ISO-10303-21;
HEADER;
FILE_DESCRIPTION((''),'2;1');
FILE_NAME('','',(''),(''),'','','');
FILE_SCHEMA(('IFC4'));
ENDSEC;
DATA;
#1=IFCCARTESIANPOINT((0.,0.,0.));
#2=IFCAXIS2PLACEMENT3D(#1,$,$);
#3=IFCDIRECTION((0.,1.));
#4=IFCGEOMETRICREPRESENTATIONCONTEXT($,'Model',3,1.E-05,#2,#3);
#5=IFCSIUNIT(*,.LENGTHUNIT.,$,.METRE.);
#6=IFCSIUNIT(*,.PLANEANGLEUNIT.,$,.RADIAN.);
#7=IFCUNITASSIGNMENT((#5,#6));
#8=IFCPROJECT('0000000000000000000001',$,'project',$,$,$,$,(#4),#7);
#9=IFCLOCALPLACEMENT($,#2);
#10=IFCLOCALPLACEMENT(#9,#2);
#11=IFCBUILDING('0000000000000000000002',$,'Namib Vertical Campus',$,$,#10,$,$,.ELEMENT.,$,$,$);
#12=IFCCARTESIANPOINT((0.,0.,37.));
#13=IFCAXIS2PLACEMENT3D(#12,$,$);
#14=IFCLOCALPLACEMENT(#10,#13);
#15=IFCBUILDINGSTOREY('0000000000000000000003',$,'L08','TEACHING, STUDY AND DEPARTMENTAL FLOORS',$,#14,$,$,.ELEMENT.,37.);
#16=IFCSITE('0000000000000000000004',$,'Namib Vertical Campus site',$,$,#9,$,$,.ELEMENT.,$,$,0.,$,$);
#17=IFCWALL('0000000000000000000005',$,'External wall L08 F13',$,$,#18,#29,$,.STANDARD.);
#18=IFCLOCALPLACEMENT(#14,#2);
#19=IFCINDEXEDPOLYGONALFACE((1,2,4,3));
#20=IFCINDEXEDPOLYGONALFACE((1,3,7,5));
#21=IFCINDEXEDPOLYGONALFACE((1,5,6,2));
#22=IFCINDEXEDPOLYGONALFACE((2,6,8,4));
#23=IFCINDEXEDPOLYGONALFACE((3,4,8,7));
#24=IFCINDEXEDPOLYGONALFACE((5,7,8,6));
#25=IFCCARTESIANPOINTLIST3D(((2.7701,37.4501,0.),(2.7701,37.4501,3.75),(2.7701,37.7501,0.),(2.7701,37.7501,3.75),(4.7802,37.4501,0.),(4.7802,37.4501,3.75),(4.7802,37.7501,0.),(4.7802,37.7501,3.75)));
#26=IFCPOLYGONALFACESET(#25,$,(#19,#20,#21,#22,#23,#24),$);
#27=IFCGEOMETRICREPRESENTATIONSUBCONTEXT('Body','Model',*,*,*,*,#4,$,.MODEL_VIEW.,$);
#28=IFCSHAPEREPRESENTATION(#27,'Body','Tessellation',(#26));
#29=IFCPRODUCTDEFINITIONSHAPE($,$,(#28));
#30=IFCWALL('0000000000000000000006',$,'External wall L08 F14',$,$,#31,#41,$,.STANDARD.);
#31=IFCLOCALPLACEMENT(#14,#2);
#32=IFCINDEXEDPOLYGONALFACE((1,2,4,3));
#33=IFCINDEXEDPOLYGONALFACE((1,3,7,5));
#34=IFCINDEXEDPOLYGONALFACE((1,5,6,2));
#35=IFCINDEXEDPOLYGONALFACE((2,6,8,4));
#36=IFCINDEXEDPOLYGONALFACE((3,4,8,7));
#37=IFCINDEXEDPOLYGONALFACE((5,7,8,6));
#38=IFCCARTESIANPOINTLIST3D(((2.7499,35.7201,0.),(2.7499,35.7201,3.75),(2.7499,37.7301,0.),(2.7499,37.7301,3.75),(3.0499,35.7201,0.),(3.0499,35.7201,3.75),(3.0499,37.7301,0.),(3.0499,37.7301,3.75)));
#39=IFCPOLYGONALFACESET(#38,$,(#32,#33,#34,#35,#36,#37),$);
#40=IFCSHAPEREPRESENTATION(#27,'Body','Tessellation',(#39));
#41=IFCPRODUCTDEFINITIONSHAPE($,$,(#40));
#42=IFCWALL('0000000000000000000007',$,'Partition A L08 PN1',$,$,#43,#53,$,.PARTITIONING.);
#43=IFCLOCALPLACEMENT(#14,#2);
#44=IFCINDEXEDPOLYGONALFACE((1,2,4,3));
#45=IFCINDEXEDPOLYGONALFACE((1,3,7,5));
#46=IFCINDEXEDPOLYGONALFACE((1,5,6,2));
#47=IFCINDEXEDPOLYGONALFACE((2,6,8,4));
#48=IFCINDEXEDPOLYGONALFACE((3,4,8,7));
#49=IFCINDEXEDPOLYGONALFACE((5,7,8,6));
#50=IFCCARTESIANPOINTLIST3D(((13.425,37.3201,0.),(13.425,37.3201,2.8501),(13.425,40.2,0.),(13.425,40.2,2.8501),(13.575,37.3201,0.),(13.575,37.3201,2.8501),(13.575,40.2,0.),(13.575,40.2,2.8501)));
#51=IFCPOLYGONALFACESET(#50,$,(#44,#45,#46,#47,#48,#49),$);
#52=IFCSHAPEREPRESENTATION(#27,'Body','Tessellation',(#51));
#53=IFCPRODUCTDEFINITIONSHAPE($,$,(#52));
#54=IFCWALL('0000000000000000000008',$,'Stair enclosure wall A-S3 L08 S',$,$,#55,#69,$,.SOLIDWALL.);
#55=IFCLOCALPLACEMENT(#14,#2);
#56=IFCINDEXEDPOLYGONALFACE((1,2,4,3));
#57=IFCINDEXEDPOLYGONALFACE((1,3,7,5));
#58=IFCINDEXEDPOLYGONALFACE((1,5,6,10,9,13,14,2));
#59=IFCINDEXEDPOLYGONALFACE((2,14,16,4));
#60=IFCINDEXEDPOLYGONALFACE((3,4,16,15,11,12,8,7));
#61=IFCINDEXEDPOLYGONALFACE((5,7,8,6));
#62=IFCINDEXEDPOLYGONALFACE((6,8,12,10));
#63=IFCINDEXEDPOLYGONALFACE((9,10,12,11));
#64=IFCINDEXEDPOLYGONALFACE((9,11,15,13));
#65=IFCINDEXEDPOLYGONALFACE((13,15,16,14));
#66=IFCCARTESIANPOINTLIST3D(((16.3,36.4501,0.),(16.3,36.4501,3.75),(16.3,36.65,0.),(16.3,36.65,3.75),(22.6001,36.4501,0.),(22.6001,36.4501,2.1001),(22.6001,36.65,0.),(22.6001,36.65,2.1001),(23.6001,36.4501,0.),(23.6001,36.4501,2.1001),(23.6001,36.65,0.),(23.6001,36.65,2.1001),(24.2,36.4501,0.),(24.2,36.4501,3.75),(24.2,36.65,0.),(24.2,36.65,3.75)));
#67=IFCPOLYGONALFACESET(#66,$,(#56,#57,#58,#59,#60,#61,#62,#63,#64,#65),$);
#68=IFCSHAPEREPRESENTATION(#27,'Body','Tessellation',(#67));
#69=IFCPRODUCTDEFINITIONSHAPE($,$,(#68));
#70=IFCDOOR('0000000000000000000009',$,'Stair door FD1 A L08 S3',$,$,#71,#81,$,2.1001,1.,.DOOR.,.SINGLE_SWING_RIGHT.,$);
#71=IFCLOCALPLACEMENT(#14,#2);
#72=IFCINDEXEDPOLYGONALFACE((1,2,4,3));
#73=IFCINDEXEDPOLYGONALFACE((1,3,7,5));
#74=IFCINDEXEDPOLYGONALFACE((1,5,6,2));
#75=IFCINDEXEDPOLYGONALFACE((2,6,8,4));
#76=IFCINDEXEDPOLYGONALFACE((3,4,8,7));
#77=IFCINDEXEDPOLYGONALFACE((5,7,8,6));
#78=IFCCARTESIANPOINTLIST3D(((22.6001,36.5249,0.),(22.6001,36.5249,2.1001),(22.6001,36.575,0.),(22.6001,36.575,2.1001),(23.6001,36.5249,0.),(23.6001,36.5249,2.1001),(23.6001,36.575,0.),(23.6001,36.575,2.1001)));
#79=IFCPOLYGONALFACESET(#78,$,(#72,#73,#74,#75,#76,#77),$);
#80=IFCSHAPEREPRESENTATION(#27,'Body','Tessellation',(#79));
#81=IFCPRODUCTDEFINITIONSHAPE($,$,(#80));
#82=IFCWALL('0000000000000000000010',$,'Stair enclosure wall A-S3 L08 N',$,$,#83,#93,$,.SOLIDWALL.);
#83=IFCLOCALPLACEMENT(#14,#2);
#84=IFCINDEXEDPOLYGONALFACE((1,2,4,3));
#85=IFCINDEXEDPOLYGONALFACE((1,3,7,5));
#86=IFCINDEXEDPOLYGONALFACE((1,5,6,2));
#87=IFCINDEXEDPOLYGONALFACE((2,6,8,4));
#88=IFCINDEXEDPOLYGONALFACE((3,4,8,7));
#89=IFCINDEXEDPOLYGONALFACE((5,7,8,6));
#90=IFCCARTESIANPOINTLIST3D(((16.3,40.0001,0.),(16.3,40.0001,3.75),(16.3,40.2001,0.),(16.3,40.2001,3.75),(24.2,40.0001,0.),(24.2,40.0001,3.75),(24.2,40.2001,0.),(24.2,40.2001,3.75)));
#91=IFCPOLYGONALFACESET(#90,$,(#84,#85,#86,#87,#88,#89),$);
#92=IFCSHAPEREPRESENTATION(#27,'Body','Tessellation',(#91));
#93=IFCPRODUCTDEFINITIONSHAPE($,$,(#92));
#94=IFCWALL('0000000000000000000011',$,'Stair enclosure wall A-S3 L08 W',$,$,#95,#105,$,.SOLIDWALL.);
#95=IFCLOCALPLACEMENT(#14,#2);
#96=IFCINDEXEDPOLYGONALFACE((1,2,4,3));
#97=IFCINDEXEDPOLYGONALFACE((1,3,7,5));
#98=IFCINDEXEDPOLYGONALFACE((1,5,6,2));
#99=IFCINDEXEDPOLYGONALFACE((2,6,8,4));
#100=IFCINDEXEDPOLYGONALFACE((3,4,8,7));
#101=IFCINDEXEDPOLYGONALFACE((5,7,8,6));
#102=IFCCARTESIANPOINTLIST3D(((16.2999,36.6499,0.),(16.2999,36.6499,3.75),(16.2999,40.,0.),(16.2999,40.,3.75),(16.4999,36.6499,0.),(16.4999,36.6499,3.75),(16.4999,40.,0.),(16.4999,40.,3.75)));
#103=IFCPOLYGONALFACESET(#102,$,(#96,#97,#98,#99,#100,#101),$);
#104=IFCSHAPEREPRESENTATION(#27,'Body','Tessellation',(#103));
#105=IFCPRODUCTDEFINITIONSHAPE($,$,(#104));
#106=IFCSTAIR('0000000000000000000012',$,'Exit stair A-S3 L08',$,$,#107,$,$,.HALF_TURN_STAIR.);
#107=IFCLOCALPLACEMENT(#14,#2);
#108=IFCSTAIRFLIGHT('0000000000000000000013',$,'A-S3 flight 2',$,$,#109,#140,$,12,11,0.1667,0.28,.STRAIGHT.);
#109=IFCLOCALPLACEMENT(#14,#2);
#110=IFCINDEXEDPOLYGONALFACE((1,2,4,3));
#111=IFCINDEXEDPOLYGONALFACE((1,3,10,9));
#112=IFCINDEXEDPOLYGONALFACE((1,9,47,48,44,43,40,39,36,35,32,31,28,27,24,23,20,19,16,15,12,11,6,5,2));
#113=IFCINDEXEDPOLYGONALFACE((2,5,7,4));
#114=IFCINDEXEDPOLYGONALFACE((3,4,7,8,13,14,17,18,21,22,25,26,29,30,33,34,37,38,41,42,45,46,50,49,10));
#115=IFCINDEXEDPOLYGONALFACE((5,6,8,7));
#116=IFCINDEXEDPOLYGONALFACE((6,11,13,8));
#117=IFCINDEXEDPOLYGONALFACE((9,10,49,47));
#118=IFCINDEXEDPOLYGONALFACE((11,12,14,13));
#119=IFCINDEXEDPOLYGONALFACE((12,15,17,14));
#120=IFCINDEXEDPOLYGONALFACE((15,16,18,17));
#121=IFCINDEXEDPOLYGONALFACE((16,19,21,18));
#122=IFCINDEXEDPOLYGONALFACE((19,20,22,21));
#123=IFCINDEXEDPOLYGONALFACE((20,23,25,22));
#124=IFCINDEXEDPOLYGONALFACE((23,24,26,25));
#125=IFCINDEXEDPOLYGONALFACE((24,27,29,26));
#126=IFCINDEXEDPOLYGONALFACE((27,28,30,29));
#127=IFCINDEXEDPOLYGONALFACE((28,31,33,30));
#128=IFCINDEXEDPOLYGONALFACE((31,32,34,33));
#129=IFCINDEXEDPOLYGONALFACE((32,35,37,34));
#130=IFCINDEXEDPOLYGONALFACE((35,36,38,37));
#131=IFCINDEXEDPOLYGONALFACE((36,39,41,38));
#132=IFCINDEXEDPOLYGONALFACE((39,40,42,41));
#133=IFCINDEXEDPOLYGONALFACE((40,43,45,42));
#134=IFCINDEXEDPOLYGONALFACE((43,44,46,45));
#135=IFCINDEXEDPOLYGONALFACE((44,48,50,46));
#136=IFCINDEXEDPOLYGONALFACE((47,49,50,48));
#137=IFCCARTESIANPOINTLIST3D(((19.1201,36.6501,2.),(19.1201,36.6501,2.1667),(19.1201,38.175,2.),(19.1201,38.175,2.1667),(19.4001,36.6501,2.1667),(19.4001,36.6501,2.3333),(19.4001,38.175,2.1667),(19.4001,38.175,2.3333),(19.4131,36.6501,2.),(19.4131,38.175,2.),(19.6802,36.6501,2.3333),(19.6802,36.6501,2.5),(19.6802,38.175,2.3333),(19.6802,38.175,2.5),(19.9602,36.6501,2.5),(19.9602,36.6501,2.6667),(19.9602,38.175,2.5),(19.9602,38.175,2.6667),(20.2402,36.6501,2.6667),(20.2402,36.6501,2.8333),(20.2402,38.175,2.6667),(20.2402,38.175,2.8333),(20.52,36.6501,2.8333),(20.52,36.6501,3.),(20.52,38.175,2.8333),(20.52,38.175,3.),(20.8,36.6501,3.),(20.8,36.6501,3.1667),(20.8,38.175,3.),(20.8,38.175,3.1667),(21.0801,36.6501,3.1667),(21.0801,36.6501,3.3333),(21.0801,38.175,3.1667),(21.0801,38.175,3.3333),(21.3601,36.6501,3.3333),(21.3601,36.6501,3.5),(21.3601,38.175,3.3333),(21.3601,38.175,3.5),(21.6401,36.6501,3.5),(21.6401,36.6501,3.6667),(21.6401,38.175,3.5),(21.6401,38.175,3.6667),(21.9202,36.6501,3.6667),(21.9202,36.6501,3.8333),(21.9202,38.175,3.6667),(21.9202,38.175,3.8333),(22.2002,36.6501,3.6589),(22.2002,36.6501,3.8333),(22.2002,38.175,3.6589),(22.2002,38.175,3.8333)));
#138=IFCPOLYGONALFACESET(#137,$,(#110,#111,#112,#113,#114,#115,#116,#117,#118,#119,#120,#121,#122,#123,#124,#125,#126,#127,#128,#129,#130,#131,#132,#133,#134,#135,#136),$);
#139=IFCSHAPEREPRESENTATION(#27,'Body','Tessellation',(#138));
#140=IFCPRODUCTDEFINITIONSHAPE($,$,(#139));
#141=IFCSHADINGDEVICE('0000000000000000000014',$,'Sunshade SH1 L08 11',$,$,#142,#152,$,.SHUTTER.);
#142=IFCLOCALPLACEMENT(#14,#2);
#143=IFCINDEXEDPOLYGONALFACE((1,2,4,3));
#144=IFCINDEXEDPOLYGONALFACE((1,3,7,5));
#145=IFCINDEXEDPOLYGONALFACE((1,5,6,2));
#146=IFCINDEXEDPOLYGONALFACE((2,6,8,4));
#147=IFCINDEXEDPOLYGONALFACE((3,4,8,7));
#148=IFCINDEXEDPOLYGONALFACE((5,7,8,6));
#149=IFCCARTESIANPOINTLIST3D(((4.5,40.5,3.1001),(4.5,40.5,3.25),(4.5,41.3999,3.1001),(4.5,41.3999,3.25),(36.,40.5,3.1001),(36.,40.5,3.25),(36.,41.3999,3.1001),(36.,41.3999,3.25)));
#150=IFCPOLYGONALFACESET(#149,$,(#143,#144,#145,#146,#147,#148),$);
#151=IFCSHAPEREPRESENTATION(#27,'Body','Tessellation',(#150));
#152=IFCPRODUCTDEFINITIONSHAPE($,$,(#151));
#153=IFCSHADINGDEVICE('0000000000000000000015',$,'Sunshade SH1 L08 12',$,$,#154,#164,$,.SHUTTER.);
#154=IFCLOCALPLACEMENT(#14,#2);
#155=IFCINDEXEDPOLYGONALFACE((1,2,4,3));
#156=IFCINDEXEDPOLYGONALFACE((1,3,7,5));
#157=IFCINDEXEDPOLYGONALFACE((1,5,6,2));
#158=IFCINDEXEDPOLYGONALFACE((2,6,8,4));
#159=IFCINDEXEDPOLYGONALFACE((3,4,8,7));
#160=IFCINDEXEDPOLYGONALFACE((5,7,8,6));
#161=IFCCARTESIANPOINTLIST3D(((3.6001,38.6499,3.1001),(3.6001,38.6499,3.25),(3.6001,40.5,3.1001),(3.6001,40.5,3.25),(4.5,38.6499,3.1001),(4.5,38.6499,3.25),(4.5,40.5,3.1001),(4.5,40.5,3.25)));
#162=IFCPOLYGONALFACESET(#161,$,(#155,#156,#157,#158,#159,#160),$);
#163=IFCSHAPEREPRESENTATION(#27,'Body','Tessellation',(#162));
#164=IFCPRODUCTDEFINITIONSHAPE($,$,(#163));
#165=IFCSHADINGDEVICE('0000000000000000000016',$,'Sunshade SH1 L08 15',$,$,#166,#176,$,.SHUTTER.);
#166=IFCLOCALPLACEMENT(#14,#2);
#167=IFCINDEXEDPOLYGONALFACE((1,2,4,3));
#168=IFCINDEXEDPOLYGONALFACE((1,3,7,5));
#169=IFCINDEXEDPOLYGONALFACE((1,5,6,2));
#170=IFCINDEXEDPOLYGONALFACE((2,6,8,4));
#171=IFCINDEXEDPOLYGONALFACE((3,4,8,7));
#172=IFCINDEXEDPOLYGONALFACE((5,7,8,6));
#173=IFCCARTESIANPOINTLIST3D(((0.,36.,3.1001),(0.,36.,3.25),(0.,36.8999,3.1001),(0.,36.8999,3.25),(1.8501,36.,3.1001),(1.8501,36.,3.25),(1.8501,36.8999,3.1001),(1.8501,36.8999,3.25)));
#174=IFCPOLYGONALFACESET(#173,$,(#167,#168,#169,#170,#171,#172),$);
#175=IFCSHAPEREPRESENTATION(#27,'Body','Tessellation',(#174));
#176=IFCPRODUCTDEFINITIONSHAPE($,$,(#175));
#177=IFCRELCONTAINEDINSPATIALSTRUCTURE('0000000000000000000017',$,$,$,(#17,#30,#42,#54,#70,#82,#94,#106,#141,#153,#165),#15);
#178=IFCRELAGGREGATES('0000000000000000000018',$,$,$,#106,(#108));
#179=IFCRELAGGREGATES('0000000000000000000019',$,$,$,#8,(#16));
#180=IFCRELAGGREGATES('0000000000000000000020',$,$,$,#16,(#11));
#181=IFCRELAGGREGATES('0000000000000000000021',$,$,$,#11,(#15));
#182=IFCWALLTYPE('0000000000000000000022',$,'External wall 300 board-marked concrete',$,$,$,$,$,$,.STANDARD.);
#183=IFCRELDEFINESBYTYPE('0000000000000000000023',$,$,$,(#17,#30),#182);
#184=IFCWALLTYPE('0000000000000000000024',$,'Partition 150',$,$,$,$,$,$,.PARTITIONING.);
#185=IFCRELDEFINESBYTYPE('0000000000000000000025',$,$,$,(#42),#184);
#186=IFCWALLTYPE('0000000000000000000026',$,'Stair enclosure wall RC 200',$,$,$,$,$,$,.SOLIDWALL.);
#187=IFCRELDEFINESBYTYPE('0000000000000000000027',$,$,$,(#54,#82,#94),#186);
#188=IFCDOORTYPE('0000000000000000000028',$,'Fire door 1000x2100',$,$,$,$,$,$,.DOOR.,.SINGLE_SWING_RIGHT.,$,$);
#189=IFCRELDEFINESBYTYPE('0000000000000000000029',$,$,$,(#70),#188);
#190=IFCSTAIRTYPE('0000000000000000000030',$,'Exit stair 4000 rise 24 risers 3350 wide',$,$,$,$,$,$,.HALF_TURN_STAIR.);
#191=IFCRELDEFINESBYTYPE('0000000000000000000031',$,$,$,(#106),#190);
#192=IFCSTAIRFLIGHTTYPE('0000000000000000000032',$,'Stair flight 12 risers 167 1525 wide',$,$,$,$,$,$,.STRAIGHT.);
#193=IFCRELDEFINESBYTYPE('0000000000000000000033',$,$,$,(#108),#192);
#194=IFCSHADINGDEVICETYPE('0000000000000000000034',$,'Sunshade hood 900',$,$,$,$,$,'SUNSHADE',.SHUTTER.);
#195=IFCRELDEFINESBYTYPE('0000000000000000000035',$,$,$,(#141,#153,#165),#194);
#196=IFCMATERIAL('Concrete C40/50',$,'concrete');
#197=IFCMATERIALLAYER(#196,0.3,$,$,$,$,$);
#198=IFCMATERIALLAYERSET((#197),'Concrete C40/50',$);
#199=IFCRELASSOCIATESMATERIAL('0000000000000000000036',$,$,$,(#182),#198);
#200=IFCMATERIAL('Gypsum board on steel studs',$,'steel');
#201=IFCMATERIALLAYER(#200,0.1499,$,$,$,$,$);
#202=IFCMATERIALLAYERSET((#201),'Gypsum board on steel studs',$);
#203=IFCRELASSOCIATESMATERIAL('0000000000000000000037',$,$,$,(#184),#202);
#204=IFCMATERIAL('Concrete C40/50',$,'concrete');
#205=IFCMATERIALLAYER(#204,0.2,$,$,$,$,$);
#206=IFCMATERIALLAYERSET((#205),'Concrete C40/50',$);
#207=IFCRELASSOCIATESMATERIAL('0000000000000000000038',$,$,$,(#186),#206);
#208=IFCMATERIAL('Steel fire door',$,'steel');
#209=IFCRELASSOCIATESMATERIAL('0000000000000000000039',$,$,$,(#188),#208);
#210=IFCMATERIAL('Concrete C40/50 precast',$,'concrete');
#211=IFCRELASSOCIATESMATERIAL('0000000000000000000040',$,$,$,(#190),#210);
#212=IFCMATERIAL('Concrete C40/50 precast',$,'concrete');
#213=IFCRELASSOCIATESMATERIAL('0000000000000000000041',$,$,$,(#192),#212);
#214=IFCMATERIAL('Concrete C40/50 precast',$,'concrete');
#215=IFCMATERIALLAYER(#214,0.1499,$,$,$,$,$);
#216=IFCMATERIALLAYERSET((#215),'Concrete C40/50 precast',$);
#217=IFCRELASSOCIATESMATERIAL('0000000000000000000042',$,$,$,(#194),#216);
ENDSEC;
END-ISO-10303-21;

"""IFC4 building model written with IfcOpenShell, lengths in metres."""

from ifc_helpers import new_model, si_unit, direction, frame, frame_2d, origin, origin_2d, place, context, subcontext, project, spatial, polyline, rectangle, outline, extrude, material, layer, layer_set, type_object, element, fill, aggregate, save


model = new_model("IFC4")

# Units and contexts
model_context = context("Model", 3, precision=1e-05, world=origin(), true_north=direction((0.0, 1.0)))
body_context = subcontext(model_context, "Body", "Model", "MODEL_VIEW")
ifc_project = project(units=[si_unit("LENGTHUNIT", "METRE"), si_unit("PLANEANGLEUNIT", "RADIAN")], contexts=[model_context])

# Site, building, storey
site_placement = place(None, origin())
site = spatial("IfcSite", under=ifc_project, at=site_placement, Name="Namib Vertical Campus site", CompositionType="ELEMENT", RefElevation=0.0)
building_placement = place(site_placement, origin())
building = spatial("IfcBuilding", under=site, at=building_placement, Name="Namib Vertical Campus", CompositionType="ELEMENT")
storey_placement = place(building_placement, frame((0.0, 0.0, 37.0)))
storey = spatial("IfcBuildingStorey", under=building, at=storey_placement, Name="L08", Description="TEACHING, STUDY AND DEPARTMENTAL FLOORS", CompositionType="ELEMENT", Elevation=37.0)

# Walls
ifc_material_1 = material(Name="Concrete C40/50", Category="concrete")
ifc_layer_1 = layer(ifc_material_1, 0.3)
ifc_layer_set_1 = layer_set([ifc_layer_1], Name="Concrete C40/50")
wall_type_1 = type_object("IfcWallType", Name="External wall 300 board-marked concrete", PredefinedType="STANDARD", material=ifc_layer_set_1)
for number, where, z_axis, x_axis, name in (
    (1, (4.78, 37.6001, 0.0), (0.0, 0.0, 1.0), (-1.0, 0.0, 0.0), "External wall L08 F13"),
    (2, (2.8999, 37.73, 0.0), (0.0, 0.0, 1.0), (0.0, -1.0, 0.0), "External wall L08 F14"),
):
    element("IfcWall", number, at=place(storey_placement, frame(where, z_axis=z_axis, x_axis=x_axis)), inside=storey, type_object=wall_type_1, Name=name, PredefinedType="STANDARD", context=body_context, shape_type="SweptSolid", body=[
        extrude(rectangle(XDim=2.01, YDim=0.3, at=frame_2d((1.0049, 0.0))), origin(), (0.0, 0.0, 1.0), 3.75),
    ])
ifc_material_2 = material(Name="Gypsum board on steel studs", Category="steel")
ifc_layer_2 = layer(ifc_material_2, 0.1499)
ifc_layer_set_2 = layer_set([ifc_layer_2], Name="Gypsum board on steel studs")
wall_type_2 = type_object("IfcWallType", Name="Partition 150", PredefinedType="PARTITIONING", material=ifc_layer_set_2)
wall_1_placement = place(storey_placement, frame((13.5, 37.3201, 0.0), z_axis=(0.0, 0.0, 1.0), x_axis=(0.0, 1.0, 0.0)))
element("IfcWall", 3, at=wall_1_placement, inside=storey, type_object=wall_type_2, Name="Partition A L08 PN1", PredefinedType="PARTITIONING", context=body_context, shape_type="SweptSolid", body=[
    extrude(rectangle(XDim=2.8799, YDim=0.1499, at=frame_2d((1.4399, 0.0))), origin(), (0.0, 0.0, 1.0), 2.8501),
])

# Wall, opening, door
ifc_material_3 = material(Name="Concrete C40/50", Category="concrete")
ifc_layer_3 = layer(ifc_material_3, 0.2)
ifc_layer_set_3 = layer_set([ifc_layer_3], Name="Concrete C40/50")
wall_type_3 = type_object("IfcWallType", Name="Stair enclosure wall RC 200", PredefinedType="SOLIDWALL", material=ifc_layer_set_3)
wall_2_placement = place(storey_placement, frame((16.3, 36.55, 0.0), z_axis=(0.0, 0.0, 1.0), x_axis=(1.0, 0.0, 0.0)))
wall_2 = element("IfcWall", 4, at=wall_2_placement, inside=storey, type_object=wall_type_3, Name="Stair enclosure wall A-S3 L08 S", PredefinedType="SOLIDWALL", context=body_context, shape_type="SweptSolid", body=[
    extrude(rectangle(XDim=7.8999, YDim=0.2, at=frame_2d((3.95, 0.0))), origin(), (0.0, 0.0, 1.0), 3.75),
])
opening_placement = place(wall_2_placement, frame((6.3, 0.0, 0.0)))
opening = element("IfcOpeningElement", 5, at=opening_placement, cuts=wall_2, PredefinedType="OPENING", context=body_context, shape_type="SweptSolid", body=[
    extrude(rectangle(XDim=1.0, YDim=2.1001, at=frame_2d((0.5, 1.05))), frame((0.0, 0.1099, 0.0), z_axis=(0.0, -1.0, 0.0), x_axis=(1.0, 0.0, 0.0)), (0.0, 0.0, 1.0), 0.22),
])
ifc_material_4 = material(Name="Steel fire door", Category="steel")
door_type = type_object("IfcDoorType", Name="Fire door 1000x2100", OperationType="SINGLE_SWING_RIGHT", PredefinedType="DOOR", material=ifc_material_4)
door_placement = place(opening_placement, origin())
door = element("IfcDoor", 6, at=door_placement, inside=storey, type_object=door_type, Name="Stair door FD1 A L08 S3", OperationType="SINGLE_SWING_RIGHT", OverallHeight=2.1001, OverallWidth=1.0, PredefinedType="DOOR", context=body_context, shape_type="SweptSolid", body=[
    extrude(rectangle(XDim=1.0, YDim=2.1001, at=frame_2d((0.5, 1.05))), frame((0.0, 0.0249, 0.0), z_axis=(0.0, -1.0, 0.0), x_axis=(1.0, 0.0, 0.0)), (0.0, 0.0, 1.0), 0.05),
])
fill(opening, door)

# Walls
wall_3_placement = place(storey_placement, frame((16.3, 40.1001, 0.0), z_axis=(0.0, 0.0, 1.0), x_axis=(1.0, 0.0, 0.0)))
element("IfcWall", 7, at=wall_3_placement, inside=storey, type_object=wall_type_3, Name="Stair enclosure wall A-S3 L08 N", PredefinedType="SOLIDWALL", context=body_context, shape_type="SweptSolid", body=[
    extrude(rectangle(XDim=7.8999, YDim=0.2, at=frame_2d((3.95, 0.0))), origin(), (0.0, 0.0, 1.0), 3.75),
])
wall_4_placement = place(storey_placement, frame((16.3999, 36.6499, 0.0), z_axis=(0.0, 0.0, 1.0), x_axis=(0.0, 1.0, 0.0)))
element("IfcWall", 8, at=wall_4_placement, inside=storey, type_object=wall_type_3, Name="Stair enclosure wall A-S3 L08 W", PredefinedType="SOLIDWALL", context=body_context, shape_type="SweptSolid", body=[
    extrude(rectangle(XDim=3.3501, YDim=0.2, at=frame_2d((1.675, 0.0))), origin(), (0.0, 0.0, 1.0), 3.75),
])

# Stair, stair flight
ifc_material_5 = material(Name="Concrete C40/50 precast", Category="concrete")
stair_type = type_object("IfcStairType", Name="Exit stair 4000 rise 24 risers 3350 wide", PredefinedType="HALF_TURN_STAIR", material=ifc_material_5)
stair_placement = place(storey_placement, origin())
stair = element("IfcStair", 9, at=stair_placement, inside=storey, type_object=stair_type, Name="Exit stair A-S3 L08", PredefinedType="HALF_TURN_STAIR")
ifc_material_6 = material(Name="Concrete C40/50 precast", Category="concrete")
stair_flight_type = type_object("IfcStairFlightType", Name="Stair flight 12 risers 167 1525 wide", PredefinedType="STRAIGHT", material=ifc_material_6)
stair_flight_placement = place(storey_placement, frame((19.1201, 37.4126, 2.0), z_axis=(0.0, 0.0, 1.0), x_axis=(1.0, 0.0, 0.0)))
stair_flight = element("IfcStairFlight", 10, at=stair_flight_placement, type_object=stair_flight_type, Name="A-S3 flight 2", NumberOfRisers=12, NumberOfTreads=11, PredefinedType="STRAIGHT", RiserHeight=0.1667, TreadLength=0.28, context=body_context, shape_type="SweptSolid", body=[
    extrude(outline(polyline([(0.0, 0.0), (0.0, 0.1667), (0.28, 0.1667), (0.28, 0.3333), (0.5601, 0.3333), (0.5601, 0.5), (0.8401, 0.5), (0.8401, 0.6667), (1.1201, 0.6667), (1.1201, 0.8333), (1.3999, 0.8333), (1.3999, 1.0), (1.6799, 1.0), (1.6799, 1.1667), (1.96, 1.1667), (1.96, 1.3333), (2.24, 1.3333), (2.24, 1.5), (2.52, 1.5), (2.52, 1.6667), (2.8, 1.6667), (2.8, 1.8333), (3.0801, 1.8333), (3.0801, 2.0), (3.0801, 1.6589), (0.293, 0.0), (0.0, 0.0)])), frame((0.0, 0.7625, 0.0), z_axis=(0.0, -1.0, 0.0), x_axis=(1.0, 0.0, 0.0)), (0.0, 0.0, 1.0), 1.5249),
])
aggregate(stair, [stair_flight])

# Shading devices
ifc_material_7 = material(Name="Concrete C40/50 precast", Category="concrete")
ifc_layer_4 = layer(ifc_material_7, 0.1499)
ifc_layer_set_4 = layer_set([ifc_layer_4], Name="Concrete C40/50 precast")
shading_device_type = type_object("IfcShadingDeviceType", Name="Sunshade hood 900", ElementType="SUNSHADE", PredefinedType="SHUTTER", material=ifc_layer_set_4)
shading_device_placement = place(storey_placement, frame((20.25, 40.95, 3.1001), z_axis=(0.0, 0.0, 1.0), x_axis=(-1.0, 0.0, 0.0)))
element("IfcShadingDevice", 11, at=shading_device_placement, inside=storey, type_object=shading_device_type, Name="Sunshade SH1 L08 11", PredefinedType="SHUTTER", context=body_context, shape_type="SweptSolid", body=[
    extrude(rectangle(XDim=31.5, YDim=0.8999, at=origin_2d()), origin(), (0.0, 0.0, 1.0), 0.1499),
])
for number, where, z_axis, x_axis, name in (
    (12, (4.05, 39.575, 3.1001), (0.0, 0.0, 1.0), (0.0, -1.0, 0.0), "Sunshade SH1 L08 12"),
    (13, (0.925, 36.45, 3.1001), (0.0, 0.0, 1.0), (-1.0, 0.0, 0.0), "Sunshade SH1 L08 15"),
):
    element("IfcShadingDevice", number, at=place(storey_placement, frame(where, z_axis=z_axis, x_axis=x_axis)), inside=storey, type_object=shading_device_type, Name=name, PredefinedType="SHUTTER", context=body_context, shape_type="SweptSolid", body=[
        extrude(rectangle(XDim=1.8501, YDim=0.8999, at=origin_2d()), origin(), (0.0, 0.0, 1.0), 0.1499),
    ])

save(model, "model.ifc")
